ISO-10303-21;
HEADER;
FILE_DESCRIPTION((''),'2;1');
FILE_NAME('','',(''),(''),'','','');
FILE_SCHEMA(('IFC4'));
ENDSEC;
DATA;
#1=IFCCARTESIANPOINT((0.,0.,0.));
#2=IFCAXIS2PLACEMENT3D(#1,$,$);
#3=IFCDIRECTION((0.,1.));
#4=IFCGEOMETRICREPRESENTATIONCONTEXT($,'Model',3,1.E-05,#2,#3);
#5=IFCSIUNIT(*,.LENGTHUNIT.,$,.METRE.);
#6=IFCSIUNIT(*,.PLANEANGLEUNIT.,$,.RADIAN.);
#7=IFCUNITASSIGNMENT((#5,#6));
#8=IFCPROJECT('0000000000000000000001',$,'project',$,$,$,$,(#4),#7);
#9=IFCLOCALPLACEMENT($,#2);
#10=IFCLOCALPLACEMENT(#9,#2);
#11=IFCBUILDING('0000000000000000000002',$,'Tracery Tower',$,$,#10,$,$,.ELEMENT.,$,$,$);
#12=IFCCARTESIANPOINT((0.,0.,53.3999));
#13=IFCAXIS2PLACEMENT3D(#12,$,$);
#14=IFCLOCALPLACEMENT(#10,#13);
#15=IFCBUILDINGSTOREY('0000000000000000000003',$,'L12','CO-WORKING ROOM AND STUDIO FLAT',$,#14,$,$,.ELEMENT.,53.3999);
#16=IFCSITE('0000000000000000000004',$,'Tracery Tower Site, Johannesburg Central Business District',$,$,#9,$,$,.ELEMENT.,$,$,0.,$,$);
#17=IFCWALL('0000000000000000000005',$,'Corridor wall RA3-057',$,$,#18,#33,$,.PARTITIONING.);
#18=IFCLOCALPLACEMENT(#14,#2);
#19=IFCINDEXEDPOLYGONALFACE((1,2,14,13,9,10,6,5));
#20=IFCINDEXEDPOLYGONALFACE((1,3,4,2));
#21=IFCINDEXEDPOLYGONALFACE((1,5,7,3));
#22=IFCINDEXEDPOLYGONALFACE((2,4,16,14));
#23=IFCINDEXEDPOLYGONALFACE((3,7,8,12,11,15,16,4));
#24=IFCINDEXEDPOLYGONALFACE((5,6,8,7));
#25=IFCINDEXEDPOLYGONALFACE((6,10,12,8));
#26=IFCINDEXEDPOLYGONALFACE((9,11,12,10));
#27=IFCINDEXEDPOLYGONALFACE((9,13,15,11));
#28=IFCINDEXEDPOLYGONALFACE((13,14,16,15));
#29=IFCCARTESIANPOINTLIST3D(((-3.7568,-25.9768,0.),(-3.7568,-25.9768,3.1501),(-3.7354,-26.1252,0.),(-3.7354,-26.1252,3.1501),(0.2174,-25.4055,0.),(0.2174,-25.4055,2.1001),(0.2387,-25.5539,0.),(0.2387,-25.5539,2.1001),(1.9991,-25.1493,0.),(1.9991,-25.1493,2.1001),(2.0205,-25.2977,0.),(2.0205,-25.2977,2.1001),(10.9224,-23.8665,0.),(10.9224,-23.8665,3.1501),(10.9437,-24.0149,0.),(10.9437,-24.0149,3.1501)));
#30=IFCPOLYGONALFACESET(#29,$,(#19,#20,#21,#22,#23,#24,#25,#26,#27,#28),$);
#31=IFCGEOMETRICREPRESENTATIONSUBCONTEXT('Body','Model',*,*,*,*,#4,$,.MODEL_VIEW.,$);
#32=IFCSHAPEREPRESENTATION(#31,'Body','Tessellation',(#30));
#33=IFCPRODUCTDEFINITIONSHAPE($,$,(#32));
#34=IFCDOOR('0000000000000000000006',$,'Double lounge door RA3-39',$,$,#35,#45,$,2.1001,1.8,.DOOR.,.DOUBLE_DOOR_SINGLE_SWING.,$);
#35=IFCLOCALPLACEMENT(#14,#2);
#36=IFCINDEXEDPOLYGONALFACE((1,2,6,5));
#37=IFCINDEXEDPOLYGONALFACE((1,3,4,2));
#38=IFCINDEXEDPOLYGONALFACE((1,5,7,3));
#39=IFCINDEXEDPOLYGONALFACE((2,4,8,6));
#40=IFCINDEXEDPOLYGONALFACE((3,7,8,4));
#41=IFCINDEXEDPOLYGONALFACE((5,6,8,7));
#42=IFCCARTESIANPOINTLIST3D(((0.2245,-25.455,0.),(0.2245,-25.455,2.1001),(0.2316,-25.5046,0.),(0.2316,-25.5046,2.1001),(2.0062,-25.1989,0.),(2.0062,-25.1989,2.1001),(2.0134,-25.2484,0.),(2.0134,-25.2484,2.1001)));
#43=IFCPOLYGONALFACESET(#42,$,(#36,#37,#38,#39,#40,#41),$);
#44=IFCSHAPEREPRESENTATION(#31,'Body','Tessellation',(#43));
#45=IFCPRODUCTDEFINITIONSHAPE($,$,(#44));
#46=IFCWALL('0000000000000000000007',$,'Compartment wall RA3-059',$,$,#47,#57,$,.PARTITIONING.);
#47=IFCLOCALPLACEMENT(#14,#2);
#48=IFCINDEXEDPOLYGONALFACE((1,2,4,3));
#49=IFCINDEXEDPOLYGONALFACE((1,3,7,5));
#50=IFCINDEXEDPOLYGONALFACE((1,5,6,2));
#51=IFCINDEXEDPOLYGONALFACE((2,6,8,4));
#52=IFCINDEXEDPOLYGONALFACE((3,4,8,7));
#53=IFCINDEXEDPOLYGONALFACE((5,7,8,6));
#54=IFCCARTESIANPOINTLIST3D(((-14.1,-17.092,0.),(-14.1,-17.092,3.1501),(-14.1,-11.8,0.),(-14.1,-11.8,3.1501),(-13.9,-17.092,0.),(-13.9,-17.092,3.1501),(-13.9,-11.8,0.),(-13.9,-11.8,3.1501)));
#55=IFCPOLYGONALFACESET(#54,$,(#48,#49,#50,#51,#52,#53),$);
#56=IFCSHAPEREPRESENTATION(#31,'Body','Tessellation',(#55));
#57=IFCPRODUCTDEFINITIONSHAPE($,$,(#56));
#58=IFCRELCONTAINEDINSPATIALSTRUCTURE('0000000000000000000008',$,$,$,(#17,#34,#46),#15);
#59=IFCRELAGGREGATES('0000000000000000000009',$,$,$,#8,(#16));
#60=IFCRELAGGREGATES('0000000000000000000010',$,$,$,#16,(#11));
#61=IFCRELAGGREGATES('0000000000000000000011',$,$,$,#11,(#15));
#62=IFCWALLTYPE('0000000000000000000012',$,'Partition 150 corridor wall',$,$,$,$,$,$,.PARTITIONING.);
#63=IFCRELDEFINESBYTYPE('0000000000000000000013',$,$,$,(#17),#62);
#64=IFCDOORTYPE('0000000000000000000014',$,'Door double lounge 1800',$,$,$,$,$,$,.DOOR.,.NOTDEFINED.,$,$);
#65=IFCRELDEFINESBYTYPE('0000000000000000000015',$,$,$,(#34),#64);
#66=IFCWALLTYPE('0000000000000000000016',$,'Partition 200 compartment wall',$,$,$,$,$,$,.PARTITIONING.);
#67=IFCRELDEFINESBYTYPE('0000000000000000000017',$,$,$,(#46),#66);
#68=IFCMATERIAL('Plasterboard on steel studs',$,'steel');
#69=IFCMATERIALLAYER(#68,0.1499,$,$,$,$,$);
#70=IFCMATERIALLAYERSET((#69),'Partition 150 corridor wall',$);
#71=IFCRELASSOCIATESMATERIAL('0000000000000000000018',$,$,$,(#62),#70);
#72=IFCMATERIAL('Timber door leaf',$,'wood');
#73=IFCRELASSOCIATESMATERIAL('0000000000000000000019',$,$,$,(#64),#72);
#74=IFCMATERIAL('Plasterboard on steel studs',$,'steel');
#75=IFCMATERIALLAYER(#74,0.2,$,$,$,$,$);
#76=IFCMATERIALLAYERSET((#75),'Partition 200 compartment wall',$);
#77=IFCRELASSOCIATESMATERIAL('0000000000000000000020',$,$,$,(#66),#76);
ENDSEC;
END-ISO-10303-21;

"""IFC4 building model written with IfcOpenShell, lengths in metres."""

from ifc_helpers import new_model, si_unit, direction, frame, frame_2d, origin, place, context, subcontext, project, spatial, rectangle, extrude, material, layer, layer_set, type_object, element, fill, save


model = new_model("IFC4")

# Units and contexts
model_context = context("Model", 3, precision=1e-05, world=origin(), true_north=direction((0.0, 1.0)))
body_context = subcontext(model_context, "Body", "Model", "MODEL_VIEW")
ifc_project = project(units=[si_unit("LENGTHUNIT", "METRE"), si_unit("PLANEANGLEUNIT", "RADIAN")], contexts=[model_context])

# Site, building, storey
site_placement = place(None, origin())
site = spatial("IfcSite", under=ifc_project, at=site_placement, Name="Tracery Tower Site, Johannesburg Central Business District", CompositionType="ELEMENT", RefElevation=0.0)
building_placement = place(site_placement, origin())
building = spatial("IfcBuilding", under=site, at=building_placement, Name="Tracery Tower", CompositionType="ELEMENT")
storey_placement = place(building_placement, frame((0.0, 0.0, 53.3999)))
storey = spatial("IfcBuildingStorey", under=building, at=storey_placement, Name="L12", Description="CO-WORKING ROOM AND STUDIO FLAT", CompositionType="ELEMENT", Elevation=53.3999)

# Shared definitions
ifc_material_1 = material(Name="Plasterboard on steel studs", Category="steel")
ifc_layer_1 = layer(ifc_material_1, 0.1499)
ifc_layer_set_1 = layer_set([ifc_layer_1], Name="Partition 150 corridor wall")
wall_type_1 = type_object("IfcWallType", Name="Partition 150 corridor wall", PredefinedType="PARTITIONING", material=ifc_layer_set_1)

# Wall, opening, door
wall_1_placement = place(storey_placement, frame((-3.7461, -26.051, 0.0), z_axis=(0.0, 0.0, 1.0), x_axis=(0.989823, 0.142302, 0.0)))
wall_1 = element("IfcWall", 1, at=wall_1_placement, inside=storey, type_object=wall_type_1, Name="Corridor wall RA3-057", PredefinedType="PARTITIONING", context=body_context, shape_type="SweptSolid", body=[
    extrude(rectangle(XDim=14.8301, YDim=0.1499, at=frame_2d((7.415, 0.0))), origin(), (0.0, 0.0, 1.0), 3.1501),
])
opening_1_placement = place(wall_1_placement, frame((4.0151, 0.0, 0.0)))
opening_1 = element("IfcOpeningElement", 2, at=opening_1_placement, cuts=wall_1, PredefinedType="OPENING", context=body_context, shape_type="SweptSolid", body=[
    extrude(rectangle(XDim=1.8, YDim=2.1001, at=frame_2d((0.8999, 1.05))), frame((0.0, 0.075, 0.0), z_axis=(0.0, -1.0, 0.0), x_axis=(1.0, 0.0, 0.0)), (0.0, 0.0, 1.0), 0.1499),
])
ifc_material_2 = material(Name="Timber door leaf", Category="wood")
door_type = type_object("IfcDoorType", Name="Door double lounge 1800", OperationType="NOTDEFINED", PredefinedType="DOOR", material=ifc_material_2)
door_placement = place(opening_1_placement, origin())
door = element("IfcDoor", 3, at=door_placement, inside=storey, type_object=door_type, Name="Double lounge door RA3-39", OperationType="DOUBLE_DOOR_SINGLE_SWING", OverallHeight=2.1001, OverallWidth=1.8, PredefinedType="DOOR", context=body_context, shape_type="SweptSolid", body=[
    extrude(rectangle(XDim=1.8, YDim=2.1001, at=frame_2d((0.8999, 1.05))), frame((0.0, 0.0249, 0.0), z_axis=(0.0, -1.0, 0.0), x_axis=(1.0, 0.0, 0.0)), (0.0, 0.0, 1.0), 0.05),
])
fill(opening_1, door)

# Wall
ifc_material_3 = material(Name="Plasterboard on steel studs", Category="steel")
ifc_layer_2 = layer(ifc_material_3, 0.2)
ifc_layer_set_2 = layer_set([ifc_layer_2], Name="Partition 200 compartment wall")
wall_type_2 = type_object("IfcWallType", Name="Partition 200 compartment wall", PredefinedType="PARTITIONING", material=ifc_layer_set_2)
wall_2_placement = place(storey_placement, frame((-14.0, -17.092, 0.0), z_axis=(0.0, 0.0, 1.0), x_axis=(0.0, 1.0, 0.0)))
element("IfcWall", 4, at=wall_2_placement, inside=storey, type_object=wall_type_2, Name="Compartment wall RA3-059", PredefinedType="PARTITIONING", context=body_context, shape_type="SweptSolid", body=[
    extrude(rectangle(XDim=5.292, YDim=0.2, at=frame_2d((2.646, 0.0))), origin(), (0.0, 0.0, 1.0), 3.1501),
])

save(model, "model.ifc")
